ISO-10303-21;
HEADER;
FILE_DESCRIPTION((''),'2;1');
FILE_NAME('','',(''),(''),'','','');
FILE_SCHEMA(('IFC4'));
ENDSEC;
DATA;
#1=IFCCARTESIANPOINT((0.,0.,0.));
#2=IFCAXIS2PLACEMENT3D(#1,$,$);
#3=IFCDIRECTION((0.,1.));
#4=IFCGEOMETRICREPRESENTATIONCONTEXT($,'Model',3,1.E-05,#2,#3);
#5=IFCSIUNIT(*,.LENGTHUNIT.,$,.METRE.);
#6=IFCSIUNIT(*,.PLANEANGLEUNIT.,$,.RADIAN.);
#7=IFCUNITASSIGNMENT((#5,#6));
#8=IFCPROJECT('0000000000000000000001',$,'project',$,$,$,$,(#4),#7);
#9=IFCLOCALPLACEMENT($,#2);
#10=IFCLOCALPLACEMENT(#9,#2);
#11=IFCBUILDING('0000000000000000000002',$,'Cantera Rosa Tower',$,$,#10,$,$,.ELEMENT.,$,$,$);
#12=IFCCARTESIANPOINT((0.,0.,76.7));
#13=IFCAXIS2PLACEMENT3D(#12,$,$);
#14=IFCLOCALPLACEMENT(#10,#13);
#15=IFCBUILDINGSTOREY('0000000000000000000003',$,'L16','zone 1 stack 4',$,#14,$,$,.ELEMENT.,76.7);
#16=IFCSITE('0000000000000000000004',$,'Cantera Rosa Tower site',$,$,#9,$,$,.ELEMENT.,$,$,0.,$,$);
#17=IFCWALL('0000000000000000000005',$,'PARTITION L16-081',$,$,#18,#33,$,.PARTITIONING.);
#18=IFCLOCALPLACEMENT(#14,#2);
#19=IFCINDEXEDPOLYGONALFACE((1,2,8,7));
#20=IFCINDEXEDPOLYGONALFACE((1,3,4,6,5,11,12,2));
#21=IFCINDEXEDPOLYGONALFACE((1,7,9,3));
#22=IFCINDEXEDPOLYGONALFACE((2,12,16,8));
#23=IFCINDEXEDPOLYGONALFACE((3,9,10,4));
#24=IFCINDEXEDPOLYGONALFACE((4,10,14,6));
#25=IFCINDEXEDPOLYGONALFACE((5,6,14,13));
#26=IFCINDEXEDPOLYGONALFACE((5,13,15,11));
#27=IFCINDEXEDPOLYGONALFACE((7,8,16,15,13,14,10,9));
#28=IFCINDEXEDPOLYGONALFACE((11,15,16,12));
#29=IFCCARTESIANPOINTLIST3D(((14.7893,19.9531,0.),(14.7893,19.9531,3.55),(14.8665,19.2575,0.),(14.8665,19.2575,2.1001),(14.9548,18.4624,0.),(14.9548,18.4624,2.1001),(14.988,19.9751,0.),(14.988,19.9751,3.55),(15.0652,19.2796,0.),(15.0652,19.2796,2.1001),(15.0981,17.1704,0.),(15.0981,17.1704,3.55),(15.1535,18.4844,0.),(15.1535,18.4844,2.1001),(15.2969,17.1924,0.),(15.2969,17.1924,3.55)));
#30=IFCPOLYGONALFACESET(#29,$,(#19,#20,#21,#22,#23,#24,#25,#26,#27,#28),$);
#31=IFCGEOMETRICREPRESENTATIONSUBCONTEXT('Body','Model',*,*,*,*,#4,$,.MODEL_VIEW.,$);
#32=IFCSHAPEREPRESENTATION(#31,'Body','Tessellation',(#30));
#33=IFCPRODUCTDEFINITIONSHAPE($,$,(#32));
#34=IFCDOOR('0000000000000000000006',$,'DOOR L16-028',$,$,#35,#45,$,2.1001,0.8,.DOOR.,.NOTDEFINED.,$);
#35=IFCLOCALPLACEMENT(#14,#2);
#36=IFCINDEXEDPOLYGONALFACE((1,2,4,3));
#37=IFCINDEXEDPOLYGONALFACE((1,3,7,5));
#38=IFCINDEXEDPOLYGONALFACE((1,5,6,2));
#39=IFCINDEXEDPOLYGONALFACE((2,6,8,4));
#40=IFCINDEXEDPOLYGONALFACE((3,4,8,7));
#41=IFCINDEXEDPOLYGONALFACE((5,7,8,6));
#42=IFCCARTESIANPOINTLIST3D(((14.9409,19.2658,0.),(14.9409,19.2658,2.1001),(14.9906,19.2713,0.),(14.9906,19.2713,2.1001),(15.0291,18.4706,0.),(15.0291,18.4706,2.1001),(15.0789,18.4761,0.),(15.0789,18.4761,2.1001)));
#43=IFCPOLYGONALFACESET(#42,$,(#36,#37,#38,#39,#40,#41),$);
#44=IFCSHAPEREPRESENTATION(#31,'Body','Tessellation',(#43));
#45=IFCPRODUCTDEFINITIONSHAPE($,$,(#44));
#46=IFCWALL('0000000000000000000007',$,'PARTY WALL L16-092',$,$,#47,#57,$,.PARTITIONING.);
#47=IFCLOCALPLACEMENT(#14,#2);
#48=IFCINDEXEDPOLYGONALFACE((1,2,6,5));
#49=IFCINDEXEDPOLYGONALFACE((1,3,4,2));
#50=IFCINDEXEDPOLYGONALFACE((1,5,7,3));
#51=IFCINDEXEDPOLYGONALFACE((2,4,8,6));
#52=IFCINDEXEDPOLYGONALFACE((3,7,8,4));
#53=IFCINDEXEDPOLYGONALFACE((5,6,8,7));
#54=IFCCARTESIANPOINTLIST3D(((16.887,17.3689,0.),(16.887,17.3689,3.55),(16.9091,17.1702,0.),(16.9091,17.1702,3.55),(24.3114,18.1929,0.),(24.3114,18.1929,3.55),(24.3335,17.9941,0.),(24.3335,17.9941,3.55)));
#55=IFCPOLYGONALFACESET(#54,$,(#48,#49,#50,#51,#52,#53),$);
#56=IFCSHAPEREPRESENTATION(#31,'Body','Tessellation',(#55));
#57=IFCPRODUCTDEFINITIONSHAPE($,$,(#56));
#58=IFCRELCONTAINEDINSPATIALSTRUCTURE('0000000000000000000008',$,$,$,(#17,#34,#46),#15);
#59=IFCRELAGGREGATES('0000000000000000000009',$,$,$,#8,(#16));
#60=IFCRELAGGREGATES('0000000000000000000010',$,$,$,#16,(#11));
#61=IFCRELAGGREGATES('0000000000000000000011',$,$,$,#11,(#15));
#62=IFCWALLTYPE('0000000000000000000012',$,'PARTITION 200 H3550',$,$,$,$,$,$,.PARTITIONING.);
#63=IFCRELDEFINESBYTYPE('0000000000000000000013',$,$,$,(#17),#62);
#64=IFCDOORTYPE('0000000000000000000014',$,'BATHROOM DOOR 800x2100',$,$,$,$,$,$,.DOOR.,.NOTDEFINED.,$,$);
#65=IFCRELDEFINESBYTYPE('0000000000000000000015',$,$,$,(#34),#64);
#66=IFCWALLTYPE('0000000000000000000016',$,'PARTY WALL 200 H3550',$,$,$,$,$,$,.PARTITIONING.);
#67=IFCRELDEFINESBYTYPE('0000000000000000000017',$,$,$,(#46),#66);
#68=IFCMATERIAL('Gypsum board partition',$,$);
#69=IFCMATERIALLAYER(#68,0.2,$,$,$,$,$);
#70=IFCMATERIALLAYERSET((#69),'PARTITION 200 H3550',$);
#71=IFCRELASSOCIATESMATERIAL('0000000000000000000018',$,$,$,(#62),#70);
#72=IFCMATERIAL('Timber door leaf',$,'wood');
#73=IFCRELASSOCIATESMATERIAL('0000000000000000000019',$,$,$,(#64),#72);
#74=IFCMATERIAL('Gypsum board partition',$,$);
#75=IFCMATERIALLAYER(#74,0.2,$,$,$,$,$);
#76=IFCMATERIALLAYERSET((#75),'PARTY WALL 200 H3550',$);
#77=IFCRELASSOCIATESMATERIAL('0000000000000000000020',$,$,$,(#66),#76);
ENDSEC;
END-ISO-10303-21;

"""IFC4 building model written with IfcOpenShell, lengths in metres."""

from ifc_helpers import new_model, si_unit, direction, frame, frame_2d, origin, place, context, subcontext, project, spatial, rectangle, extrude, material, layer, layer_set, type_object, element, fill, save


model = new_model("IFC4")

# Units and contexts
model_context = context("Model", 3, precision=1e-05, world=origin(), true_north=direction((0.0, 1.0)))
body_context = subcontext(model_context, "Body", "Model", "MODEL_VIEW")
ifc_project = project(units=[si_unit("LENGTHUNIT", "METRE"), si_unit("PLANEANGLEUNIT", "RADIAN")], contexts=[model_context])

# Site, building, storey
site_placement = place(None, origin())
site = spatial("IfcSite", under=ifc_project, at=site_placement, Name="Cantera Rosa Tower site", CompositionType="ELEMENT", RefElevation=0.0)
building_placement = place(site_placement, origin())
building = spatial("IfcBuilding", under=site, at=building_placement, Name="Cantera Rosa Tower", CompositionType="ELEMENT")
storey_placement = place(building_placement, frame((0.0, 0.0, 76.7)))
storey = spatial("IfcBuildingStorey", under=building, at=storey_placement, Name="L16", Description="zone 1 stack 4", CompositionType="ELEMENT", Elevation=76.7)

# Shared definitions
ifc_material_1 = material(Name="Gypsum board partition")
ifc_layer_1 = layer(ifc_material_1, 0.2)
ifc_layer_set_1 = layer_set([ifc_layer_1], Name="PARTITION 200 H3550")
wall_type_1 = type_object("IfcWallType", Name="PARTITION 200 H3550", PredefinedType="PARTITIONING", material=ifc_layer_set_1)

# Wall, opening, door
wall_1_placement = place(storey_placement, frame((14.8887, 19.9641, 0.0), z_axis=(0.0, 0.0, 1.0), x_axis=(0.110307, -0.993898, 0.0)))
wall_1 = element("IfcWall", 1, at=wall_1_placement, inside=storey, type_object=wall_type_1, Name="PARTITION L16-081", PredefinedType="PARTITIONING", context=body_context, shape_type="SweptSolid", body=[
    extrude(rectangle(XDim=2.7998, YDim=0.2, at=frame_2d((1.3999, 0.0))), origin(), (0.0, 0.0, 1.0), 3.55),
])
opening_1_placement = place(wall_1_placement, frame((0.7, 0.0, 0.0)))
opening_1 = element("IfcOpeningElement", 2, at=opening_1_placement, cuts=wall_1, PredefinedType="OPENING", context=body_context, shape_type="SweptSolid", body=[
    extrude(rectangle(XDim=0.8, YDim=2.1001, at=frame_2d((0.3999, 1.05))), frame((0.0, 0.1099, 0.0), z_axis=(0.0, -1.0, 0.0), x_axis=(1.0, 0.0, 0.0)), (0.0, 0.0, 1.0), 0.22),
])
ifc_material_2 = material(Name="Timber door leaf", Category="wood")
door_type_1 = type_object("IfcDoorType", Name="BATHROOM DOOR 800x2100", OperationType="NOTDEFINED", PredefinedType="DOOR", material=ifc_material_2)
door_1_placement = place(opening_1_placement, origin())
door_1 = element("IfcDoor", 3, at=door_1_placement, inside=storey, type_object=door_type_1, Name="DOOR L16-028", OperationType="NOTDEFINED", OverallHeight=2.1001, OverallWidth=0.8, PredefinedType="DOOR", context=body_context, shape_type="SweptSolid", body=[
    extrude(rectangle(XDim=0.8, YDim=2.1001, at=frame_2d((0.3999, 1.05))), frame((0.0, 0.0249, 0.0), z_axis=(0.0, -1.0, 0.0), x_axis=(1.0, 0.0, 0.0)), (0.0, 0.0, 1.0), 0.05),
])
fill(opening_1, door_1)

# Wall
ifc_material_3 = material(Name="Gypsum board partition")
ifc_layer_2 = layer(ifc_material_3, 0.2)
ifc_layer_set_2 = layer_set([ifc_layer_2], Name="PARTY WALL 200 H3550")
wall_type_2 = type_object("IfcWallType", Name="PARTY WALL 200 H3550", PredefinedType="PARTITIONING", material=ifc_layer_set_2)
wall_2_placement = place(storey_placement, frame((16.8982, 17.2695, 0.0), z_axis=(0.0, 0.0, 1.0), x_axis=(0.993898, 0.110306, 0.0)))
element("IfcWall", 4, at=wall_2_placement, inside=storey, type_object=wall_type_2, Name="PARTY WALL L16-092", PredefinedType="PARTITIONING", context=body_context, shape_type="SweptSolid", body=[
    extrude(rectangle(XDim=7.47, YDim=0.2, at=frame_2d((3.7349, 0.0))), origin(), (0.0, 0.0, 1.0), 3.55),
])

save(model, "model.ifc")
